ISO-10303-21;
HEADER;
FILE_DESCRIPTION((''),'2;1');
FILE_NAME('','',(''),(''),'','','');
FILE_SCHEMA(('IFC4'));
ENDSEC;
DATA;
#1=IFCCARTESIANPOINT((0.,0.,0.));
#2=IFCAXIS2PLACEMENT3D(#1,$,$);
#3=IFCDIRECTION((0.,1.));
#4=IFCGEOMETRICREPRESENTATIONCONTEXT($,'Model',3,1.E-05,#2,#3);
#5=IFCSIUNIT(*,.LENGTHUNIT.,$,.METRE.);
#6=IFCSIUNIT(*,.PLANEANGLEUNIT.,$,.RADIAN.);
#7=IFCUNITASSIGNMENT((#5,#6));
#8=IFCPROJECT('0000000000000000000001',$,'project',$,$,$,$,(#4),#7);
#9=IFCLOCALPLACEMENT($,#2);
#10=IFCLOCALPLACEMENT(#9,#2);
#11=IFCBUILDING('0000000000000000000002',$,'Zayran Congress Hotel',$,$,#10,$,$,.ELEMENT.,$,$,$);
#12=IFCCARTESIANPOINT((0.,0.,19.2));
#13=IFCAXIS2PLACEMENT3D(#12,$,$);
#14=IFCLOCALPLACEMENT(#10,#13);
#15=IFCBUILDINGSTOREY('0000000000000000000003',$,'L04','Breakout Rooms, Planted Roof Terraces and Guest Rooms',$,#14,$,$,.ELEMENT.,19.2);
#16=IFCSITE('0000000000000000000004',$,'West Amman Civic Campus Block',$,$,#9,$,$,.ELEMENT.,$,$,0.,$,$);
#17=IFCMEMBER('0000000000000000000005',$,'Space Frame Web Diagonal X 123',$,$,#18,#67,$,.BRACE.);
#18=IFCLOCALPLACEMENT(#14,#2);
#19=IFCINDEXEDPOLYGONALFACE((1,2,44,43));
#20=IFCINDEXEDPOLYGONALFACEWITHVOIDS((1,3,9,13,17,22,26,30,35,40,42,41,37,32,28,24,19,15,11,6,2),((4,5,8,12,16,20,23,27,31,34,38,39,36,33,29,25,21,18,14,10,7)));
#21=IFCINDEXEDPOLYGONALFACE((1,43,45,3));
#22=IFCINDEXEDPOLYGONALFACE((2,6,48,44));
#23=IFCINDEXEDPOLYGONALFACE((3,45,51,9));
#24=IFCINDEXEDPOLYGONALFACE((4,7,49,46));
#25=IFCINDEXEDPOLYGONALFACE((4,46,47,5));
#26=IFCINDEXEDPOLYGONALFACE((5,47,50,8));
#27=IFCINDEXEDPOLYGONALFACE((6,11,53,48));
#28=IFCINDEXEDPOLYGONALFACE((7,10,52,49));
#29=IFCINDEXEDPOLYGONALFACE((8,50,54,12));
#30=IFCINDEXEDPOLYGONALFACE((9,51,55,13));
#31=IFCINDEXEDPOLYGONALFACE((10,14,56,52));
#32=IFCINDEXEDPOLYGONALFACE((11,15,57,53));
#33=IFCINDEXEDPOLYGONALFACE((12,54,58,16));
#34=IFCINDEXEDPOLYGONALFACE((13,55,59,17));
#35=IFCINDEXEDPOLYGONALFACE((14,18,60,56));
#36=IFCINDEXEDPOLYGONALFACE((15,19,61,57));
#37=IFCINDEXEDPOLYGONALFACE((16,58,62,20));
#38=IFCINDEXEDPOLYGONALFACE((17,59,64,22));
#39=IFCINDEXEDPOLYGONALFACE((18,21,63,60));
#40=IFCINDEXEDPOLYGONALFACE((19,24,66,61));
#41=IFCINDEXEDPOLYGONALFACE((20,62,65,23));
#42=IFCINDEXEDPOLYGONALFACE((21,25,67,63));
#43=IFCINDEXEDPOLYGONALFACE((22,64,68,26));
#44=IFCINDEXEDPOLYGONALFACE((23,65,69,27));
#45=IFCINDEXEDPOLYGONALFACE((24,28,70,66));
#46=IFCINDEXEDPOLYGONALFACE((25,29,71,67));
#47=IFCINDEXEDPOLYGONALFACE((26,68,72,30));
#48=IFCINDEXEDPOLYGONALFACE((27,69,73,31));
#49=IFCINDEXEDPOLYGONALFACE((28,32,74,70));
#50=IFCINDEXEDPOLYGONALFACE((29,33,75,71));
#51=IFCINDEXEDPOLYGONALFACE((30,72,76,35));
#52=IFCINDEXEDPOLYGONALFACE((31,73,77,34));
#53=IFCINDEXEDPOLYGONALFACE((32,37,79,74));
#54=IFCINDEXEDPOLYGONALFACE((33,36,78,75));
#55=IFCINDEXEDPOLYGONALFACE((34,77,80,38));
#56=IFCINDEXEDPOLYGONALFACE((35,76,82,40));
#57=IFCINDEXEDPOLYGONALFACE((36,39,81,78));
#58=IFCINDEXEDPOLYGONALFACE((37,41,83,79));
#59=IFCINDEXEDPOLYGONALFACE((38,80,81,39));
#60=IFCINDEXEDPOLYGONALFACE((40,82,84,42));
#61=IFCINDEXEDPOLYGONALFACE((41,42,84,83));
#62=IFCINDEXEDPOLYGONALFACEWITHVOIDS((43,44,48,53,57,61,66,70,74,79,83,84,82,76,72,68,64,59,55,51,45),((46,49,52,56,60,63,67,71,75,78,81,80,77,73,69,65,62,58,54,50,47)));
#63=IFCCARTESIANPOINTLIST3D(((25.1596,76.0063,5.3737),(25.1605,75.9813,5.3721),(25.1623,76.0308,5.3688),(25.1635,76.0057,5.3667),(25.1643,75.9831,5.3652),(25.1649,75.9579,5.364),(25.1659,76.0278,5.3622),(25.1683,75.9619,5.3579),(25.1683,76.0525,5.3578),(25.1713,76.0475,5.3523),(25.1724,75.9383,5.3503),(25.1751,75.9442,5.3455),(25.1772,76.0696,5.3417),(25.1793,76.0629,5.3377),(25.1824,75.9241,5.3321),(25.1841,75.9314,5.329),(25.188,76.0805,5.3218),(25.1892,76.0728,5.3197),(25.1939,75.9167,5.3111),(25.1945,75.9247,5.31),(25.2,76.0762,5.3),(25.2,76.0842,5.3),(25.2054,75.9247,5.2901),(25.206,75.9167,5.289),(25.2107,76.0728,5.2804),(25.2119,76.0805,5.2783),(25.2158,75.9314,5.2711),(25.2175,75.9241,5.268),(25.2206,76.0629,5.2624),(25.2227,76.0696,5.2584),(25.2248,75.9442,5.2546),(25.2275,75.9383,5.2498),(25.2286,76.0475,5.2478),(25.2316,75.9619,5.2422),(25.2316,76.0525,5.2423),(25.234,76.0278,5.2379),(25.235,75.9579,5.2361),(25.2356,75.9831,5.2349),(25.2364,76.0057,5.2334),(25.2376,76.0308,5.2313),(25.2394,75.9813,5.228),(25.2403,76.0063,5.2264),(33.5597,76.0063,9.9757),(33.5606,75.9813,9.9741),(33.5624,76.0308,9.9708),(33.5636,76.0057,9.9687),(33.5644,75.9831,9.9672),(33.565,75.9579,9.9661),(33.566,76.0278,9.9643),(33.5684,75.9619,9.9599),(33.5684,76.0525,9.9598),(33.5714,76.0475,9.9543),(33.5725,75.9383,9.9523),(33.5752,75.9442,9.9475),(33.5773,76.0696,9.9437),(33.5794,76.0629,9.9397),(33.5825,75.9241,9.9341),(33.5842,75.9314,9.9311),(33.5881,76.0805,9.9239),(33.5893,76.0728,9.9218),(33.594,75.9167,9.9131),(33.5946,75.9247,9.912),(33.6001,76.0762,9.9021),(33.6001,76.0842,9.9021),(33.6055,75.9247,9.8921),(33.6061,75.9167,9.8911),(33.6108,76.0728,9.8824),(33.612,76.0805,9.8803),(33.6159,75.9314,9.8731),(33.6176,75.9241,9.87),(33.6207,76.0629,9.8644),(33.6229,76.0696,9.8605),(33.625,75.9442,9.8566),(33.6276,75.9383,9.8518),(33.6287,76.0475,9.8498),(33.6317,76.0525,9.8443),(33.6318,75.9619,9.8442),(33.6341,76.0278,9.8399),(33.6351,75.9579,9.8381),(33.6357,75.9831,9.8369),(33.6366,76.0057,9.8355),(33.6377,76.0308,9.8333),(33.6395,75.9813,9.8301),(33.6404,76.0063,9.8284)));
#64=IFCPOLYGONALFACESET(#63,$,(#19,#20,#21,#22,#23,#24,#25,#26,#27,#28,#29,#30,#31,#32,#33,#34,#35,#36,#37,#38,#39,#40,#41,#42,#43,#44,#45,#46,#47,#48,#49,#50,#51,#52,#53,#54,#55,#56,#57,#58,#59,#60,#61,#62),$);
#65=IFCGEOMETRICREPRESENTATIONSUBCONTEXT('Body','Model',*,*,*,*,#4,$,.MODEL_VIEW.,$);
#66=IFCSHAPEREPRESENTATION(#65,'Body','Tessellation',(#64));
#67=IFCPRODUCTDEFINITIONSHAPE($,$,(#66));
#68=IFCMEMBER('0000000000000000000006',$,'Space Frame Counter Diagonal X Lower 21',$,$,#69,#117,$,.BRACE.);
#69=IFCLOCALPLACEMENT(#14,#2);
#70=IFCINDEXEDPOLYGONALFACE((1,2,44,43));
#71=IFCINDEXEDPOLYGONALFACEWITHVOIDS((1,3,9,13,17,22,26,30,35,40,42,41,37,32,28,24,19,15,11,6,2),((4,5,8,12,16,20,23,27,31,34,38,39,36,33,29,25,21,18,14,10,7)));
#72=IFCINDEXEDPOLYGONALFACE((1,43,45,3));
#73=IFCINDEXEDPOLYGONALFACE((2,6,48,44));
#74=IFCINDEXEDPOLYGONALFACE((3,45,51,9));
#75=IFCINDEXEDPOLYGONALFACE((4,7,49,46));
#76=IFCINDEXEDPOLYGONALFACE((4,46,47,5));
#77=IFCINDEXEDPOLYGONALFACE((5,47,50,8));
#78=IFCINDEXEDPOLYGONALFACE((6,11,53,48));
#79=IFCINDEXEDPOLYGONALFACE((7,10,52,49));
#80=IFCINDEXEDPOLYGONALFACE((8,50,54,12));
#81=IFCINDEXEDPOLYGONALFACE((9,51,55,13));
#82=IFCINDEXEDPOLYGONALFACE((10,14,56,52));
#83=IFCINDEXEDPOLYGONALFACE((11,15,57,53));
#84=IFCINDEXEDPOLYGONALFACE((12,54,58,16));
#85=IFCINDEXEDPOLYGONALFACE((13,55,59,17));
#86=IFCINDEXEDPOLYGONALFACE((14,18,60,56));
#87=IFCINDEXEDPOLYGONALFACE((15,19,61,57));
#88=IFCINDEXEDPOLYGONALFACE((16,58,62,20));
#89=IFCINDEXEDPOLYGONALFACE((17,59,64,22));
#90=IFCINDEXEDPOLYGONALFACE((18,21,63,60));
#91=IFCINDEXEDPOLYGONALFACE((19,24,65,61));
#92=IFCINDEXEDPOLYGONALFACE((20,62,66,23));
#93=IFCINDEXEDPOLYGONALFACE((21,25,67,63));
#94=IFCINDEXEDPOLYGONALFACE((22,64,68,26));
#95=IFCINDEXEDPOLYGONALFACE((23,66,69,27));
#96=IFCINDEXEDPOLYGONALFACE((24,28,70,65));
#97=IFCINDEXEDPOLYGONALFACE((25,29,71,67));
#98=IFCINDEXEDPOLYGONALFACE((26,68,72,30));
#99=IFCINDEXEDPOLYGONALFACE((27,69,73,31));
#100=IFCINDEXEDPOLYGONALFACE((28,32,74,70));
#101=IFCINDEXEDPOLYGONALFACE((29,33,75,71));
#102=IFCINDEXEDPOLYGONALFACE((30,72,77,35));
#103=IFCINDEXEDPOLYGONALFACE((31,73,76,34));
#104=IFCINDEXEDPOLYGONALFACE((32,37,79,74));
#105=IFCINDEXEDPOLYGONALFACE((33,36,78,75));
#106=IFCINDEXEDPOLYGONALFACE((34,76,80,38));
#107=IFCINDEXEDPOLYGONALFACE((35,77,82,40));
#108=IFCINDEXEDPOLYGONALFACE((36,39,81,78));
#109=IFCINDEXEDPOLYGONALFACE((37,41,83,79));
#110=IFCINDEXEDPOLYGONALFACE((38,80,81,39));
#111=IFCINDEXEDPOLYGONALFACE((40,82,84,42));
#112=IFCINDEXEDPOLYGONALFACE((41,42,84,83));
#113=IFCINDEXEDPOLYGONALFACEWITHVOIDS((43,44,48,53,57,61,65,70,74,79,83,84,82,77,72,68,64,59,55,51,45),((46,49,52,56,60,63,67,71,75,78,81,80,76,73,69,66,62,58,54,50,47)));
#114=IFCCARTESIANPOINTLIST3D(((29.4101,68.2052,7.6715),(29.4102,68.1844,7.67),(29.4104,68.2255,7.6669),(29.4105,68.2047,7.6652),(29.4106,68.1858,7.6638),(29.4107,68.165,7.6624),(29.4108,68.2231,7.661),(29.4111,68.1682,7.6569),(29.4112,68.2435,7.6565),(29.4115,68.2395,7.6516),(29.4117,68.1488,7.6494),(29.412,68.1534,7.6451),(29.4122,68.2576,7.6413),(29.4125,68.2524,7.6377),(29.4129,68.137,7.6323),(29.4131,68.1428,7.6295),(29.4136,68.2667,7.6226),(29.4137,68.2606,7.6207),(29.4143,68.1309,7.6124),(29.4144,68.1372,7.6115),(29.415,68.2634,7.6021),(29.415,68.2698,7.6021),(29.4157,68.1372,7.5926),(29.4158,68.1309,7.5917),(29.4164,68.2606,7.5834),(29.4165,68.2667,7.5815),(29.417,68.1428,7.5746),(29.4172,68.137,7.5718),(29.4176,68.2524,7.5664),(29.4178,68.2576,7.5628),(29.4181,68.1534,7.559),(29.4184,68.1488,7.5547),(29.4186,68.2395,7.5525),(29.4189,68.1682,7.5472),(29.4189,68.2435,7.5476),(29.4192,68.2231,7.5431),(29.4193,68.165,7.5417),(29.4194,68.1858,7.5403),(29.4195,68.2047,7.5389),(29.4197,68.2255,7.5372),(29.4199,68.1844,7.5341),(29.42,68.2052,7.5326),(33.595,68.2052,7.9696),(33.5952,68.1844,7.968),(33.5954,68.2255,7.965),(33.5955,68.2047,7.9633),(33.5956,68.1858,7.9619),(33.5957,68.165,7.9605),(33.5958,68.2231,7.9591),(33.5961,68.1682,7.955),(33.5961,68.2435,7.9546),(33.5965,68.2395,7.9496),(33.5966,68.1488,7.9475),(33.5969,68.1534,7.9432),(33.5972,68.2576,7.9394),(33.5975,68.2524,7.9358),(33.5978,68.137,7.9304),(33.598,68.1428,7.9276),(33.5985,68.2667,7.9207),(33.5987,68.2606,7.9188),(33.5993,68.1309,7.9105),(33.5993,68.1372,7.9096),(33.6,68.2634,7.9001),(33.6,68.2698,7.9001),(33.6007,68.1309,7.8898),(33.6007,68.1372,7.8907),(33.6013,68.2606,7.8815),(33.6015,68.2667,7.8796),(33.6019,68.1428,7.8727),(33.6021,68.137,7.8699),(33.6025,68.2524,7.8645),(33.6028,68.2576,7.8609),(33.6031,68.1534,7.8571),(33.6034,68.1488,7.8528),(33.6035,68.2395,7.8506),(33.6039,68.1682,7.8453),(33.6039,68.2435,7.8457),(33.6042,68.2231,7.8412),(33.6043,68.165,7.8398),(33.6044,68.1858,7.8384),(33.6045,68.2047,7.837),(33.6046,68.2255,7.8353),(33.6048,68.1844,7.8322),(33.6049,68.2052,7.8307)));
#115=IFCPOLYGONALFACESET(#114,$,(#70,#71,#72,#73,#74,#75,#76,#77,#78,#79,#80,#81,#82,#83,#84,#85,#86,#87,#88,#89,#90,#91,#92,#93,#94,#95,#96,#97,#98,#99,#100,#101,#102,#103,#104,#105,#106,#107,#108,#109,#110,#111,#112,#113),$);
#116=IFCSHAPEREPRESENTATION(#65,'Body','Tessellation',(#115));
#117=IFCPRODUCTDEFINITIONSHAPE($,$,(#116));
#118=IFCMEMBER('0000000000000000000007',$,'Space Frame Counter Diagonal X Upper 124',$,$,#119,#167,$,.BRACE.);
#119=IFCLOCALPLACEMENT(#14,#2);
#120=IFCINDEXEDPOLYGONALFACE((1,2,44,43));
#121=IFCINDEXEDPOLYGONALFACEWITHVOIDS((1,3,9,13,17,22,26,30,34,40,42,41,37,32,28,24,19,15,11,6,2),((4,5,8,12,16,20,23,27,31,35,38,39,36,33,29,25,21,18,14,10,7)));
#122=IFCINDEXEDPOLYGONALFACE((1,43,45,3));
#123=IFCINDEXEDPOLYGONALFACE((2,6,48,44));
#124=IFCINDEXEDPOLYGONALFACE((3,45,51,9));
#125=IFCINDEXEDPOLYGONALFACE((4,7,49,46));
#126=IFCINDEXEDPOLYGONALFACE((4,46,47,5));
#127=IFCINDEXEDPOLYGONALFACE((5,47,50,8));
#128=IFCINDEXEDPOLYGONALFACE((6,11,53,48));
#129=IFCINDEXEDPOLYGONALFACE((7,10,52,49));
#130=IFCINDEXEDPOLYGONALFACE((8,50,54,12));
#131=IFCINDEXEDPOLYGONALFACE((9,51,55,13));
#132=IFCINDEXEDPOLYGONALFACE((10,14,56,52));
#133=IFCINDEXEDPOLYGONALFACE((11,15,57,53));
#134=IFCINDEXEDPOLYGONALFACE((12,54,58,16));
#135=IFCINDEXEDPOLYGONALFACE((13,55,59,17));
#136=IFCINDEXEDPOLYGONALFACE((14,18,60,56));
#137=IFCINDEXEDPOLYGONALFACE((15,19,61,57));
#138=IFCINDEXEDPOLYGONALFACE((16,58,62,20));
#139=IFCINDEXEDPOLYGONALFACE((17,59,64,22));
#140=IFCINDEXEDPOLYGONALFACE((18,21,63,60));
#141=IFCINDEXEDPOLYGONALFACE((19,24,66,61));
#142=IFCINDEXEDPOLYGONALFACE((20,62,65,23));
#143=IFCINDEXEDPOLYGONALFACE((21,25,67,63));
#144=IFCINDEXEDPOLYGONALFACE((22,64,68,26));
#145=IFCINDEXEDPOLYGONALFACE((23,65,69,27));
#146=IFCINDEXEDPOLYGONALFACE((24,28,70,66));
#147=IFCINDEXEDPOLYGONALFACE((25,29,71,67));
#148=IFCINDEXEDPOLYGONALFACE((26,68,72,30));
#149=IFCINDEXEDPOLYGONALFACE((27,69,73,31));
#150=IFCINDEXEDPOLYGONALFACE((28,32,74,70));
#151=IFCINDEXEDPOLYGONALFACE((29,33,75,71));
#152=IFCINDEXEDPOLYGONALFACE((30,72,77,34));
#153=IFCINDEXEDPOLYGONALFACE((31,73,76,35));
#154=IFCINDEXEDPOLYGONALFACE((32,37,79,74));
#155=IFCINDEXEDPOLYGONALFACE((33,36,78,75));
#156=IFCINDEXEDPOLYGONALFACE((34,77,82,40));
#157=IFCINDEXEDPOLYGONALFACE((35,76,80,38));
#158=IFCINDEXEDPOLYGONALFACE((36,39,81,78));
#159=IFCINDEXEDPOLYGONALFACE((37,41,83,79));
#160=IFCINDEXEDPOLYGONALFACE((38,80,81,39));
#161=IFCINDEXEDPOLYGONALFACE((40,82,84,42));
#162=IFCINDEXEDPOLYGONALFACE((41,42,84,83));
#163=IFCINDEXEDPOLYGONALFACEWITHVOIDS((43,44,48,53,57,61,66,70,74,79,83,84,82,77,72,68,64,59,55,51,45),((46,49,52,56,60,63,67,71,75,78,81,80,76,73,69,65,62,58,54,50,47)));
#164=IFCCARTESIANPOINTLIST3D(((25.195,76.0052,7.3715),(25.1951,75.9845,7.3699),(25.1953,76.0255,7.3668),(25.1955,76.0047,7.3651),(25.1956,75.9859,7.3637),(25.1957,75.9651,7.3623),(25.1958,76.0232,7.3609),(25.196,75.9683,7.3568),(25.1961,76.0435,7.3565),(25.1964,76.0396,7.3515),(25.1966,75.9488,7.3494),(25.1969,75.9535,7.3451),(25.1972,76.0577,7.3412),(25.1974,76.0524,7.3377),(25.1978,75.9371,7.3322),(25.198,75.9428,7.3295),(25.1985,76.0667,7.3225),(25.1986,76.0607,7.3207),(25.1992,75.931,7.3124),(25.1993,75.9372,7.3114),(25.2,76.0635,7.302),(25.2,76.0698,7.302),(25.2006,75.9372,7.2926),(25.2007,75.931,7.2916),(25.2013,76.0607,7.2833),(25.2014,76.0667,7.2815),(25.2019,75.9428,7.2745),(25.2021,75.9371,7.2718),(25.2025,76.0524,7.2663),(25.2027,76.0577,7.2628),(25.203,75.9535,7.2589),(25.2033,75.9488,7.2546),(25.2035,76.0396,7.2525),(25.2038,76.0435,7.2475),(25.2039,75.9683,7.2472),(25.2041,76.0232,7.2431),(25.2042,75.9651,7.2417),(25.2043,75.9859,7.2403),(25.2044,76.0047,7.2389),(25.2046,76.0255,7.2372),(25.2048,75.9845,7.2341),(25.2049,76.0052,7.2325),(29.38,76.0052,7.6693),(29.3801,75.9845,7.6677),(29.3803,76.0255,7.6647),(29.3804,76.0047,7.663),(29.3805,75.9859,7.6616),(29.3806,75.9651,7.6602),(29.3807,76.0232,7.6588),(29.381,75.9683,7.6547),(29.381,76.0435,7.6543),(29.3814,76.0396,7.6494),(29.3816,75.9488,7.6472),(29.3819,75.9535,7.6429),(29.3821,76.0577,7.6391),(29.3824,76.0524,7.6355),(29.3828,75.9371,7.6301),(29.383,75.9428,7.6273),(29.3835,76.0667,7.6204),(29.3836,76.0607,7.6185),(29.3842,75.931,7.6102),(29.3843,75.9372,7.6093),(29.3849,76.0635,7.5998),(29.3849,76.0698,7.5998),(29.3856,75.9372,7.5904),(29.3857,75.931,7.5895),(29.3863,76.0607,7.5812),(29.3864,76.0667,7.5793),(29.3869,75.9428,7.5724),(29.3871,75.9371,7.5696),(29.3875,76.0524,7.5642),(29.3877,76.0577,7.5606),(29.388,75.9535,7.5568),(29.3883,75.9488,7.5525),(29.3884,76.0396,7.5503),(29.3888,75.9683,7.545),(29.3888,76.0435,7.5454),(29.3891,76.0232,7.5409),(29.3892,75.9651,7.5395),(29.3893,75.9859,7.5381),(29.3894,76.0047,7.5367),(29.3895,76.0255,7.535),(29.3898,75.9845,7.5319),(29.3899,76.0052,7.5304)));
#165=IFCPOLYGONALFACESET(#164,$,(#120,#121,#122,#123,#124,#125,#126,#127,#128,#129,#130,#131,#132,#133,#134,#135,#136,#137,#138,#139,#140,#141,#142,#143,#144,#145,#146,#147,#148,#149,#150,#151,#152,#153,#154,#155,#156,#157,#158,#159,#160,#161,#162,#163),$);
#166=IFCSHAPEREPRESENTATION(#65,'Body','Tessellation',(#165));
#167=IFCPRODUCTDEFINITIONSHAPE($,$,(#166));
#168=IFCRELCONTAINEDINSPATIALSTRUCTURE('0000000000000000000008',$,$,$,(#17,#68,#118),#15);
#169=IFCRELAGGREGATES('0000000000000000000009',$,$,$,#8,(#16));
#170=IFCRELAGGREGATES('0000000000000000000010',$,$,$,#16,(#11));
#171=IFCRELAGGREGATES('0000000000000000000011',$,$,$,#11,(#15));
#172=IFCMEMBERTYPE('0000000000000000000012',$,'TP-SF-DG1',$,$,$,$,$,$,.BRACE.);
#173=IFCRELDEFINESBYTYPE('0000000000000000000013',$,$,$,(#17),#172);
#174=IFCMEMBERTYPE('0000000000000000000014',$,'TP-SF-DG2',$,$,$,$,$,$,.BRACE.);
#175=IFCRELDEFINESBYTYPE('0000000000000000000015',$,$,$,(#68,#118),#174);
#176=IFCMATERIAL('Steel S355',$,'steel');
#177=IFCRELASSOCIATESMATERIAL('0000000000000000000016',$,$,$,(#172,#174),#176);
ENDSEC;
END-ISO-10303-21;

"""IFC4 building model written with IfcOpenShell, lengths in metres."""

from ifc_helpers import new_model, si_unit, direction, frame, origin, origin_2d, place, context, subcontext, project, spatial, hollow_circle, extrude, material, material_profile, profile_set, type_object, element, save


model = new_model("IFC4")

# Units and contexts
model_context = context("Model", 3, precision=1e-05, world=origin(), true_north=direction((0.0, 1.0)))
body_context = subcontext(model_context, "Body", "Model", "MODEL_VIEW")
ifc_project = project(units=[si_unit("LENGTHUNIT", "METRE"), si_unit("PLANEANGLEUNIT", "RADIAN")], contexts=[model_context])

# Site, building, storey
site_placement = place(None, origin())
site = spatial("IfcSite", under=ifc_project, at=site_placement, Name="West Amman Civic Campus Block", CompositionType="ELEMENT", RefElevation=0.0)
building_placement = place(site_placement, origin())
building = spatial("IfcBuilding", under=site, at=building_placement, Name="Zayran Congress Hotel", CompositionType="ELEMENT")
storey_placement = place(building_placement, frame((0.0, 0.0, 19.2)))
storey = spatial("IfcBuildingStorey", under=building, at=storey_placement, Name="L04", Description="Breakout Rooms, Planted Roof Terraces and Guest Rooms", CompositionType="ELEMENT", Elevation=19.2)

# Shared definitions
ifc_material_1 = material(Name="Steel S355", Category="steel")

# Members
ifc_material_profile_1 = material_profile(ifc_material_1, hollow_circle(Radius=0.0842, WallThickness=0.0081, at=origin_2d()), Name="CHS 168.3x8")
ifc_profile_set_1 = profile_set([ifc_material_profile_1], Name="Steel S355")
member_type_1 = type_object("IfcMemberType", Name="TP-SF-DG1", PredefinedType="BRACE", material=ifc_profile_set_1)
member_1_placement = place(storey_placement, frame((25.2, 76.0, 5.3), z_axis=(0.87701, 0.0, 0.480473), x_axis=(0.0, 1.0, 0.0)))
element("IfcMember", 1, at=member_1_placement, inside=storey, type_object=member_type_1, Name="Space Frame Web Diagonal X 123", PredefinedType="BRACE", context=body_context, shape_type="SweptSolid", body=[
    extrude(hollow_circle(Radius=0.0842, WallThickness=0.0081, at=origin_2d()), origin(), (0.0, 0.0, 1.0), 9.5781),
])
ifc_material_profile_2 = material_profile(ifc_material_1, hollow_circle(Radius=0.0698, WallThickness=0.0063, at=origin_2d()), Name="CHS 139.7x6.3")
ifc_profile_set_2 = profile_set([ifc_material_profile_2], Name="Steel S355")
member_type_2 = type_object("IfcMemberType", Name="TP-SF-DG2", PredefinedType="BRACE", material=ifc_profile_set_2)
for number, where, z_axis, x_axis, name in (
    (2, (29.415, 68.2, 7.6021), (0.997473, 0.0, 0.071049), (0.0, 1.0, 0.0), "Space Frame Counter Diagonal X Lower 21"),
    (3, (25.2, 76.0, 7.302), (0.997477, 0.0, 0.070991), (0.0, 1.0, 0.0), "Space Frame Counter Diagonal X Upper 124"),
):
    element("IfcMember", number, at=place(storey_placement, frame(where, z_axis=z_axis, x_axis=x_axis)), inside=storey, type_object=member_type_2, Name=name, PredefinedType="BRACE", context=body_context, shape_type="SweptSolid", body=[
        extrude(hollow_circle(Radius=0.0698, WallThickness=0.0063, at=origin_2d()), origin(), (0.0, 0.0, 1.0), 4.1956),
    ])

save(model, "model.ifc")
